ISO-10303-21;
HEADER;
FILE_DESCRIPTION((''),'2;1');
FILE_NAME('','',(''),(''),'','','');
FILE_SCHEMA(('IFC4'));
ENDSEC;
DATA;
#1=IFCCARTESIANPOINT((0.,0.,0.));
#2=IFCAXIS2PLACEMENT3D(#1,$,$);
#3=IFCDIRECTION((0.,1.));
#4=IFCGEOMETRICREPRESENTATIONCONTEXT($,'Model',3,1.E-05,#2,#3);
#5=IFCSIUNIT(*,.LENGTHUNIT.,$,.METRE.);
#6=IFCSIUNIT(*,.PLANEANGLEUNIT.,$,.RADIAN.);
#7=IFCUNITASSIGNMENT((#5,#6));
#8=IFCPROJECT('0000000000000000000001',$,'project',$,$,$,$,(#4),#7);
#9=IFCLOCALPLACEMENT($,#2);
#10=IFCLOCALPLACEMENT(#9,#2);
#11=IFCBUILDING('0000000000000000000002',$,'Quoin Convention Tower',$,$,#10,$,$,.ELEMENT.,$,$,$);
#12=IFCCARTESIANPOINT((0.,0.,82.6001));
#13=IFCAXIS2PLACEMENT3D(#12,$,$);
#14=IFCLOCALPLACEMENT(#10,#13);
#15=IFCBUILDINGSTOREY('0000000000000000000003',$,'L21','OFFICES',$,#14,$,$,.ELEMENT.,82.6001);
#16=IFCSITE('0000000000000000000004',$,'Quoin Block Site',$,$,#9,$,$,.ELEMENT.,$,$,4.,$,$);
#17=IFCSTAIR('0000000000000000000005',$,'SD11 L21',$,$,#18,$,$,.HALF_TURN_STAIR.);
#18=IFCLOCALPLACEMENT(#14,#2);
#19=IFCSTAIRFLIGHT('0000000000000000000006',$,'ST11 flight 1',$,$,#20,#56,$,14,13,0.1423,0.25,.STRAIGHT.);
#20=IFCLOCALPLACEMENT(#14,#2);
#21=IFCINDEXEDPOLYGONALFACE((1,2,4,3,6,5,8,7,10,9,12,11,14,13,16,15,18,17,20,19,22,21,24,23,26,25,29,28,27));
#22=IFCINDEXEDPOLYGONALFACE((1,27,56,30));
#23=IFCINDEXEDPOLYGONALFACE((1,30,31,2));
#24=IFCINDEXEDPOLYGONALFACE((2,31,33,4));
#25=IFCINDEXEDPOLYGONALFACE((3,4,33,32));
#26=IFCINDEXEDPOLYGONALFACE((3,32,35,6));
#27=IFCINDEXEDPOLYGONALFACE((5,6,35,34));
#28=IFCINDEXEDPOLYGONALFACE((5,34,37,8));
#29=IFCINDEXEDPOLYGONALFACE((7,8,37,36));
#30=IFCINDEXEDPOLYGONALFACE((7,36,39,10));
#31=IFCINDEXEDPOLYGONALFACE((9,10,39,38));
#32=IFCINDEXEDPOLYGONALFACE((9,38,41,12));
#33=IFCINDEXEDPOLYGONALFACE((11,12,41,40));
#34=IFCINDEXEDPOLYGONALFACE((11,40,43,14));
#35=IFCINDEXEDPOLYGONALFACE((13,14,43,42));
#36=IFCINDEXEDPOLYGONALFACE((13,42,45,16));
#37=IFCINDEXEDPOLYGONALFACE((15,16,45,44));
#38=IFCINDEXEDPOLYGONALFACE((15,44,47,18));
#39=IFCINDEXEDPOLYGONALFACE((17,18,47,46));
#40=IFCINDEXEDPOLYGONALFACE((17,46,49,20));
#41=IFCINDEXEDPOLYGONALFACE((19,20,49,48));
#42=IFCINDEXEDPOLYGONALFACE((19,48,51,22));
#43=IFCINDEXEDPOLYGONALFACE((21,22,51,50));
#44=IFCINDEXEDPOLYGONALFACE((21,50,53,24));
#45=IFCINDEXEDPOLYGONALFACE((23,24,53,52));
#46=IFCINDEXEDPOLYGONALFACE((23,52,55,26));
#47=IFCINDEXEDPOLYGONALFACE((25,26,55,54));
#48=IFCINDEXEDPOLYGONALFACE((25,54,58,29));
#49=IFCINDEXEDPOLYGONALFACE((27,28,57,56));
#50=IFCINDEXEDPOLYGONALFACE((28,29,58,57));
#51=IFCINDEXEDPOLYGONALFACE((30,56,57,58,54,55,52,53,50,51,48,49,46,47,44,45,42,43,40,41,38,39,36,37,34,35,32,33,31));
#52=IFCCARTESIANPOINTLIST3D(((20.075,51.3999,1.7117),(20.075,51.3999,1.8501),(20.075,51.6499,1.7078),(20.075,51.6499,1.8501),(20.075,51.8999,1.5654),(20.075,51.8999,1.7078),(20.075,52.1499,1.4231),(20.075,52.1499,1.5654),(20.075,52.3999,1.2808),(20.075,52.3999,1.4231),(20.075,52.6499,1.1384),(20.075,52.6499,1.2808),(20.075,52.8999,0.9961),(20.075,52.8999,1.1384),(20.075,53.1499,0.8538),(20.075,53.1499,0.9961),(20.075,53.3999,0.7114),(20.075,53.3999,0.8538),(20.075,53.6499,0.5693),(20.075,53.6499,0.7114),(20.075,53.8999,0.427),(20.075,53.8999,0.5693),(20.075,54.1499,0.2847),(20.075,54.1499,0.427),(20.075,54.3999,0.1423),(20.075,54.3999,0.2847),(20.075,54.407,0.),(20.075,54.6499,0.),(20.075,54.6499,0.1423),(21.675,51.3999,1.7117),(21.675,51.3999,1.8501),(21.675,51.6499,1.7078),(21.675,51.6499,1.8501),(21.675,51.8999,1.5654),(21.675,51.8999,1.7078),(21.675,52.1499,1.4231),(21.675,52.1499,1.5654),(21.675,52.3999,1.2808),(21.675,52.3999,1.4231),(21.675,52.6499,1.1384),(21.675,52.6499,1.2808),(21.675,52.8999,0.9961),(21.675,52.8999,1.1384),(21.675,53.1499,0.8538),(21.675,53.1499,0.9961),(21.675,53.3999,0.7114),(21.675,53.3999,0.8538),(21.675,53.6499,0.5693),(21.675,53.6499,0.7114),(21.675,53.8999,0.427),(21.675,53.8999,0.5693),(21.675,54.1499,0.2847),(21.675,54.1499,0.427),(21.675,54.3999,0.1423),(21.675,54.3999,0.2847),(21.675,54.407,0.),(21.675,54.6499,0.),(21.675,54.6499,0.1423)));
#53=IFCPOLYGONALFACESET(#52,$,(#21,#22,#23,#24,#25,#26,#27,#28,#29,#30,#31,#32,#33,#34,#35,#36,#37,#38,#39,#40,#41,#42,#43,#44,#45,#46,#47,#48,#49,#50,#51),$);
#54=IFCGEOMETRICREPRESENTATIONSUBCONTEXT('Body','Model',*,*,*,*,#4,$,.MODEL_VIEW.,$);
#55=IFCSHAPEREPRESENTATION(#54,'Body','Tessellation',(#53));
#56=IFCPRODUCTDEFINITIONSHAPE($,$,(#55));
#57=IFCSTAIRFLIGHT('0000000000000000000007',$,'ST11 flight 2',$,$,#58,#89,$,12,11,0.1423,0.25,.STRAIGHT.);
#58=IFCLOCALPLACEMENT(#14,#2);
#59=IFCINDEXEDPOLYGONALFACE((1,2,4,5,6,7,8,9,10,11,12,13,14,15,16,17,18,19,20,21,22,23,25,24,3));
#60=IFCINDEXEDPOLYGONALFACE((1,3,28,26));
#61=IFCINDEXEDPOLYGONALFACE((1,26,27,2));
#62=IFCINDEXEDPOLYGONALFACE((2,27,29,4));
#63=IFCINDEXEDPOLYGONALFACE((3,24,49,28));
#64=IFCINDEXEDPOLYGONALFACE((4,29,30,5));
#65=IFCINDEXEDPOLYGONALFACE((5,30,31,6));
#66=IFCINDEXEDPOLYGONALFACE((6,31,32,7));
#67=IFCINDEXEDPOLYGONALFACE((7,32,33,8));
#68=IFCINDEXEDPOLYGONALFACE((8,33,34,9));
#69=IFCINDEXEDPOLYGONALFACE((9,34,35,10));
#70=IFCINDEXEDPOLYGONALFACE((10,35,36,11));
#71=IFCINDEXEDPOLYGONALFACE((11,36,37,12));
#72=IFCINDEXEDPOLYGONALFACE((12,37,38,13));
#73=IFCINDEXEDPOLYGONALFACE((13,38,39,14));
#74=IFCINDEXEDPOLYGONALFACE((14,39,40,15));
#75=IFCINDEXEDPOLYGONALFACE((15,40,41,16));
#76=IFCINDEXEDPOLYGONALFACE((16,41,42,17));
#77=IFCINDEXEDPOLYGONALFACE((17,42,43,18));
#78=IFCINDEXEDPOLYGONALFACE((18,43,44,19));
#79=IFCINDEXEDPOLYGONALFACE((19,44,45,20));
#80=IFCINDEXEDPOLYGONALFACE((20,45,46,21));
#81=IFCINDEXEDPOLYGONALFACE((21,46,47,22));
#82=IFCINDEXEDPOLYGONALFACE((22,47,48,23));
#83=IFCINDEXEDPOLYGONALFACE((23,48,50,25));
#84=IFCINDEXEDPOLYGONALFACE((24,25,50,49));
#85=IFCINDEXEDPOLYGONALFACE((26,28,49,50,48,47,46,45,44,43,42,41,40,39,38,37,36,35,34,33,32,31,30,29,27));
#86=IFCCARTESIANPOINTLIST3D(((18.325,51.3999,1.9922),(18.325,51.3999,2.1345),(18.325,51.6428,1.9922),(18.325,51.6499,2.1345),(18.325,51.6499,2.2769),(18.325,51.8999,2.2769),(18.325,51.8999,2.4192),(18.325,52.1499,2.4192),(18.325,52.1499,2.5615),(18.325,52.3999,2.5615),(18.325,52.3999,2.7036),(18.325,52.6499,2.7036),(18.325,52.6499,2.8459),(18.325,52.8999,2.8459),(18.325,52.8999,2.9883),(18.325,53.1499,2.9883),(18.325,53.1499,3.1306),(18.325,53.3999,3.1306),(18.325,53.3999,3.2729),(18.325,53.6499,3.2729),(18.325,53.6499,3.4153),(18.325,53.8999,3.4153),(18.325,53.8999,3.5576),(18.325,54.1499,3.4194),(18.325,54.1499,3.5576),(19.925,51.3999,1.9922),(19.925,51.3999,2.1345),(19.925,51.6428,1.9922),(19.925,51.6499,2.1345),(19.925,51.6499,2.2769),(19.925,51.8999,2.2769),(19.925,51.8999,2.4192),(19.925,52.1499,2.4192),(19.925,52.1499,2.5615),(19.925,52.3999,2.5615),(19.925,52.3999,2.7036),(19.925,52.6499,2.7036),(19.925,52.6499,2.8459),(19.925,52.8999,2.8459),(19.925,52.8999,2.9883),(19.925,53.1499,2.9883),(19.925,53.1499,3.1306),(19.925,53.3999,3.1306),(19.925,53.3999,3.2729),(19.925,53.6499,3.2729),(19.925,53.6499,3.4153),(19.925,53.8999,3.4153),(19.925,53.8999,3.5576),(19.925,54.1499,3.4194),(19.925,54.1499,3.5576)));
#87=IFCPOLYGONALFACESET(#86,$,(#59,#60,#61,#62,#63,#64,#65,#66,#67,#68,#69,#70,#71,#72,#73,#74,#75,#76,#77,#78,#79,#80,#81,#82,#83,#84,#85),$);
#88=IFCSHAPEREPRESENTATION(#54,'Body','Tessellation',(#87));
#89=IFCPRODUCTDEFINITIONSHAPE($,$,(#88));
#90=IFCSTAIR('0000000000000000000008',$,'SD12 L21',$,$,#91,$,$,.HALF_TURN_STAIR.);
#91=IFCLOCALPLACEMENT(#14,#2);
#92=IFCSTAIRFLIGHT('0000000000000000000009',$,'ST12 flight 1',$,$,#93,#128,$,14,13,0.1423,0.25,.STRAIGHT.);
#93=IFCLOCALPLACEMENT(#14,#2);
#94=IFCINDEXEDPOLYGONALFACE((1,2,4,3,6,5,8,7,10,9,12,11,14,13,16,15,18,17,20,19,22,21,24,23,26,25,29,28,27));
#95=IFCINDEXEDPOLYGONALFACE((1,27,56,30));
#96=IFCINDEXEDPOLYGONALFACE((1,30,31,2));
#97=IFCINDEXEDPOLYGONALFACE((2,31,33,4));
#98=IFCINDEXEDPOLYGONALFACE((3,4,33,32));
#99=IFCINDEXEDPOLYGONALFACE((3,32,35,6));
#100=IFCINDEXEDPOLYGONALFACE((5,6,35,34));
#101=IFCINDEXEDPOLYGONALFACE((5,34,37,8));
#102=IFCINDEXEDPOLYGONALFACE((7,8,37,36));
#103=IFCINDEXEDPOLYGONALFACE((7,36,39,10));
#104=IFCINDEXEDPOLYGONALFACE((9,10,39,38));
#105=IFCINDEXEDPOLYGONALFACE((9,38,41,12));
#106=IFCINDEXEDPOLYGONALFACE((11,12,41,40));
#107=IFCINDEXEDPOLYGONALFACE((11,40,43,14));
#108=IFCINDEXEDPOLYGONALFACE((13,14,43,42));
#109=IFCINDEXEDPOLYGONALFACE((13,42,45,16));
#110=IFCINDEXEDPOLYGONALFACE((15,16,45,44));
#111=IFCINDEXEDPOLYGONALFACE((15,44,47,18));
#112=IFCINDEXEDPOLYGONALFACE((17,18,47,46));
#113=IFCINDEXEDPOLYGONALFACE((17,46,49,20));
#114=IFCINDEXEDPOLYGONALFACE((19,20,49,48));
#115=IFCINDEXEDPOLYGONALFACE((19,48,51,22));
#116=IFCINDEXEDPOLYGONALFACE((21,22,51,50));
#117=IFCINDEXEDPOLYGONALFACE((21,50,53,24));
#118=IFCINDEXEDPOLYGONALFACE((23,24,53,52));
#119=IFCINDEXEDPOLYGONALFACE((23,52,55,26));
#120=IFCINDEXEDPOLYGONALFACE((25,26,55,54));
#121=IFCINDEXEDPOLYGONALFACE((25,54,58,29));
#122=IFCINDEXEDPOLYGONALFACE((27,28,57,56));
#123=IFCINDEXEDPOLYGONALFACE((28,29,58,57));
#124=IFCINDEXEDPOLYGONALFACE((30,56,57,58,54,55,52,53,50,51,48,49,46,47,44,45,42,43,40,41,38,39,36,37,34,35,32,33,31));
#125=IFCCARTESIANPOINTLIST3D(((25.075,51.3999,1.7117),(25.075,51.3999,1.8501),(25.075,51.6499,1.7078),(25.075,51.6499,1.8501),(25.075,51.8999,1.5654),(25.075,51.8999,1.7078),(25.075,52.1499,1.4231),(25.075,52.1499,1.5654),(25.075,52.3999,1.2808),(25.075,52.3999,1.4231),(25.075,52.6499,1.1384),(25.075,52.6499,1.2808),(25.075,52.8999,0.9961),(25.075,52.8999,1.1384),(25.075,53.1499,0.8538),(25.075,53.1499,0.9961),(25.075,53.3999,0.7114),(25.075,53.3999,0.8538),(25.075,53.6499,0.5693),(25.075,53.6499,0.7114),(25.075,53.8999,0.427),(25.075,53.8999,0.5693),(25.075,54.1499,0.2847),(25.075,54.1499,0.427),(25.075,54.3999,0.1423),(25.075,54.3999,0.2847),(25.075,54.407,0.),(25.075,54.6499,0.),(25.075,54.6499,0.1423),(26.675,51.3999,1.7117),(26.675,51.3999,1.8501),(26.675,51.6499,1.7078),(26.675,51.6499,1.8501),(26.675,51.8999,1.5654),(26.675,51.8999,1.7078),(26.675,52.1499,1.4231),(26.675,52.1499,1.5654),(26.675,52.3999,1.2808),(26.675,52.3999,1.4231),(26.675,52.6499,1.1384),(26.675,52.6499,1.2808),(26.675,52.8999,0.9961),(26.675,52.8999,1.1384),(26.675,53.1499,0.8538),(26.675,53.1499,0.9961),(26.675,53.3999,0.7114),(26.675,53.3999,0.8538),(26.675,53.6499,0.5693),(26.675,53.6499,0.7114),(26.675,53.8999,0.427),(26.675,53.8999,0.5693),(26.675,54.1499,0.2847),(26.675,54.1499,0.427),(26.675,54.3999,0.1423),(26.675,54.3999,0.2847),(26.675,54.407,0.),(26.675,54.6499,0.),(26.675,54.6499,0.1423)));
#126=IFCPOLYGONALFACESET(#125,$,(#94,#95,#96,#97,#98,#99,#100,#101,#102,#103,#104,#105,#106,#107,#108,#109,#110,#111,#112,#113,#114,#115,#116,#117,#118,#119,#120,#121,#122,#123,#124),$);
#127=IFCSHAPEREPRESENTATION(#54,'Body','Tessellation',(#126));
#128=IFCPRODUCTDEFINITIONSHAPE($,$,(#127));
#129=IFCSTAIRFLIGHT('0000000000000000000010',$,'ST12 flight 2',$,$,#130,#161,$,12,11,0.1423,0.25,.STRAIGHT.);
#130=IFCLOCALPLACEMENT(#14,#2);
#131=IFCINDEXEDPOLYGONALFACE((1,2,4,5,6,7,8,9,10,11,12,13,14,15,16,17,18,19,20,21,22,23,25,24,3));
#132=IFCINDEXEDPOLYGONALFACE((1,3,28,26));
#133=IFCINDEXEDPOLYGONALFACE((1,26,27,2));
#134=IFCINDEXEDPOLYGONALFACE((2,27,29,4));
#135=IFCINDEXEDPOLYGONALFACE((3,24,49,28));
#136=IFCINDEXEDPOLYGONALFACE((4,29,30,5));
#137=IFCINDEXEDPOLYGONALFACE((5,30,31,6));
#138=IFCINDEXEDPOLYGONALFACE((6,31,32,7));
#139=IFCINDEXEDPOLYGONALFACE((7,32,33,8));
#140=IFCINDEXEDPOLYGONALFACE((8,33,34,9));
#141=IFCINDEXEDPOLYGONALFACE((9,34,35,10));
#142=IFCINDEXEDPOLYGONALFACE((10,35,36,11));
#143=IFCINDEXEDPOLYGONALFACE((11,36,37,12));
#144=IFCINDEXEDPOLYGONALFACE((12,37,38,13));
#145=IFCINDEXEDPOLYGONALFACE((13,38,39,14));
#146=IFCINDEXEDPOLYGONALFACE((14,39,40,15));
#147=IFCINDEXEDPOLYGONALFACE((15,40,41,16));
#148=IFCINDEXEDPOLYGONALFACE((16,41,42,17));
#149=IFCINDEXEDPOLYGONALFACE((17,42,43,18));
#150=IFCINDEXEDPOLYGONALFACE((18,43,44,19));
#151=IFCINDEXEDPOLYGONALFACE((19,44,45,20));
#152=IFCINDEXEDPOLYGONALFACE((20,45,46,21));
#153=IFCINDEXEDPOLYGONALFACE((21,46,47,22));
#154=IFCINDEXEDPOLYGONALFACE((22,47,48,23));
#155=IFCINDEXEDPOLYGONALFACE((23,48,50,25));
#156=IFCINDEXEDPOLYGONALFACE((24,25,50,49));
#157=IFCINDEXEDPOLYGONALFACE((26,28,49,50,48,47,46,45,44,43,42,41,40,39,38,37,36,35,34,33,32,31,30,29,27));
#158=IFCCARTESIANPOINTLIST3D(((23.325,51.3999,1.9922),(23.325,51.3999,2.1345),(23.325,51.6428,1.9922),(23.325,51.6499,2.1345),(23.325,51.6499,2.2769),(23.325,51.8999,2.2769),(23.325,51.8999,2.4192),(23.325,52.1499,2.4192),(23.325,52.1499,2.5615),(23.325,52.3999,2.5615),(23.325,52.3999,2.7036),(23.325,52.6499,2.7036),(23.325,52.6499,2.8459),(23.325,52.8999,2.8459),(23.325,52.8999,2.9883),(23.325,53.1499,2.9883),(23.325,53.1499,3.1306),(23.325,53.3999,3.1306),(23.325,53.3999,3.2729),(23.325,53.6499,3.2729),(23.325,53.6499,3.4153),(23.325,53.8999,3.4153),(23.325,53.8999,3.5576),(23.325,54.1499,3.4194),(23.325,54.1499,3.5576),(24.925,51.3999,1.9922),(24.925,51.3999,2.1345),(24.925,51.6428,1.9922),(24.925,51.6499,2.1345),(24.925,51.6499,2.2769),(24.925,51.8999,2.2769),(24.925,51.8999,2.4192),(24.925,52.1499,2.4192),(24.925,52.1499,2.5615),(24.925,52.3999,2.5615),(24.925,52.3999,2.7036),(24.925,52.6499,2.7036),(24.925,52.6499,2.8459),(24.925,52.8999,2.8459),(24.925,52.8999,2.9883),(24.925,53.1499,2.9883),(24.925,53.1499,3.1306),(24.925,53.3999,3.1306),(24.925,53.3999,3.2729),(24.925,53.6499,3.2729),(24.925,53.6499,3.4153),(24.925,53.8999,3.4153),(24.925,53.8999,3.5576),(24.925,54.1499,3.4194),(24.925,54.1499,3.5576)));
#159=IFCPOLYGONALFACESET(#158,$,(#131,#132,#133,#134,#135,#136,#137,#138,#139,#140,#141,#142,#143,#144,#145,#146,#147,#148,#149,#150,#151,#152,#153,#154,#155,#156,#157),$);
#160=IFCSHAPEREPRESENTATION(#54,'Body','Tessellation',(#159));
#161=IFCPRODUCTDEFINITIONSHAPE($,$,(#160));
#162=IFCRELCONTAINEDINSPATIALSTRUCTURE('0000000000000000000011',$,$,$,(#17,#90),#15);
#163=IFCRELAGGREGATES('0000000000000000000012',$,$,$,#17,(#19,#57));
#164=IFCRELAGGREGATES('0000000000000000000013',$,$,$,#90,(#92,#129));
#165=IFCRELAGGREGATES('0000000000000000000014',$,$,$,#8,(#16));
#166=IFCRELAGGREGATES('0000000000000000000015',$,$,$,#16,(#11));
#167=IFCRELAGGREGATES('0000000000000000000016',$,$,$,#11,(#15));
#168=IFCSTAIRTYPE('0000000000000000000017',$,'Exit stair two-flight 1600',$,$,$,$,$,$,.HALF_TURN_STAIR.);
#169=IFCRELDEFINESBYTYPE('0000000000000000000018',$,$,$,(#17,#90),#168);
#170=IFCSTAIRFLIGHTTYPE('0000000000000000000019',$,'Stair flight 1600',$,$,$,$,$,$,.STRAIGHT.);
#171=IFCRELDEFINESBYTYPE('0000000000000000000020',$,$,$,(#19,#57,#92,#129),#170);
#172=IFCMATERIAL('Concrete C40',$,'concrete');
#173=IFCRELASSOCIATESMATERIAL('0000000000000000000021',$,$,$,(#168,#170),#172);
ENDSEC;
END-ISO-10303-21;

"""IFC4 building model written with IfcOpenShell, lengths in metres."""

from ifc_helpers import new_model, si_unit, direction, frame, origin, place, context, subcontext, project, spatial, polyline, outline, extrude, material, type_object, element, aggregate, save


model = new_model("IFC4")

# Units and contexts
model_context = context("Model", 3, precision=1e-05, world=origin(), true_north=direction((0.0, 1.0)))
body_context = subcontext(model_context, "Body", "Model", "MODEL_VIEW")
ifc_project = project(units=[si_unit("LENGTHUNIT", "METRE"), si_unit("PLANEANGLEUNIT", "RADIAN")], contexts=[model_context])

# Site, building, storey
site_placement = place(None, origin())
site = spatial("IfcSite", under=ifc_project, at=site_placement, Name="Quoin Block Site", CompositionType="ELEMENT", RefElevation=4.0)
building_placement = place(site_placement, origin())
building = spatial("IfcBuilding", under=site, at=building_placement, Name="Quoin Convention Tower", CompositionType="ELEMENT")
storey_placement = place(building_placement, frame((0.0, 0.0, 82.6001)))
storey = spatial("IfcBuildingStorey", under=building, at=storey_placement, Name="L21", Description="OFFICES", CompositionType="ELEMENT", Elevation=82.6001)

# Shared definitions
ifc_material_1 = material(Name="Concrete C40", Category="concrete")

# Stairs, stair flights
stair_type_1 = type_object("IfcStairType", Name="Exit stair two-flight 1600", PredefinedType="HALF_TURN_STAIR", material=ifc_material_1)
stair_1_placement = place(storey_placement, origin())
stair_1 = element("IfcStair", 1, at=stair_1_placement, inside=storey, type_object=stair_type_1, Name="SD11 L21", PredefinedType="HALF_TURN_STAIR")
stair_flight_type_1 = type_object("IfcStairFlightType", Name="Stair flight 1600", PredefinedType="STRAIGHT", material=ifc_material_1)
stair_flight_1_placement = place(storey_placement, frame((20.875, 54.6499, 0.0), z_axis=(0.0, 0.0, 1.0), x_axis=(0.0, -1.0, 0.0)))
stair_flight_1 = element("IfcStairFlight", 2, at=stair_flight_1_placement, type_object=stair_flight_type_1, Name="ST11 flight 1", NumberOfRisers=14, NumberOfTreads=13, PredefinedType="STRAIGHT", RiserHeight=0.1423, TreadLength=0.25, context=body_context, shape_type="SweptSolid", body=[
    extrude(outline(polyline([(0.0, 0.0), (0.0, 0.1423), (0.25, 0.1423), (0.25, 0.2847), (0.5, 0.2847), (0.5, 0.427), (0.75, 0.427), (0.75, 0.5693), (1.0, 0.5693), (1.0, 0.7114), (1.25, 0.7114), (1.25, 0.8538), (1.5, 0.8538), (1.5, 0.9961), (1.75, 0.9961), (1.75, 1.1384), (2.0, 1.1384), (2.0, 1.2808), (2.25, 1.2808), (2.25, 1.4231), (2.5, 1.4231), (2.5, 1.5654), (2.75, 1.5654), (2.75, 1.7078), (3.0, 1.7078), (3.0, 1.8501), (3.25, 1.8501), (3.25, 1.9922), (3.25, 1.7117), (0.2429, 0.0), (0.0, 0.0)])), frame((0.0, 0.8, 0.0), z_axis=(0.0, -1.0, 0.0), x_axis=(1.0, 0.0, 0.0)), (0.0, 0.0, 1.0), 1.6001),
])
stair_flight_2_placement = place(storey_placement, frame((19.125, 51.3999, 1.9922), z_axis=(0.0, 0.0, 1.0), x_axis=(0.0, 1.0, 0.0)))
stair_flight_2 = element("IfcStairFlight", 3, at=stair_flight_2_placement, type_object=stair_flight_type_1, Name="ST11 flight 2", NumberOfRisers=12, NumberOfTreads=11, PredefinedType="STRAIGHT", RiserHeight=0.1423, TreadLength=0.25, context=body_context, shape_type="SweptSolid", body=[
    extrude(outline(polyline([(0.0, 0.0), (0.0, 0.1423), (0.25, 0.1423), (0.25, 0.2847), (0.5, 0.2847), (0.5, 0.427), (0.75, 0.427), (0.75, 0.5693), (1.0, 0.5693), (1.0, 0.7114), (1.25, 0.7114), (1.25, 0.8538), (1.5, 0.8538), (1.5, 0.9961), (1.75, 0.9961), (1.75, 1.1384), (2.0, 1.1384), (2.0, 1.2808), (2.25, 1.2808), (2.25, 1.4231), (2.5, 1.4231), (2.5, 1.5654), (2.75, 1.5654), (2.75, 1.7078), (2.75, 1.4272), (0.2429, 0.0), (0.0, 0.0)])), frame((0.0, 0.8, 0.0), z_axis=(0.0, -1.0, 0.0), x_axis=(1.0, 0.0, 0.0)), (0.0, 0.0, 1.0), 1.6001),
])
aggregate(stair_1, [stair_flight_1, stair_flight_2])
stair_2_placement = place(storey_placement, origin())
stair_2 = element("IfcStair", 4, at=stair_2_placement, inside=storey, type_object=stair_type_1, Name="SD12 L21", PredefinedType="HALF_TURN_STAIR")
stair_flight_3_placement = place(storey_placement, frame((25.875, 54.6499, 0.0), z_axis=(0.0, 0.0, 1.0), x_axis=(0.0, -1.0, 0.0)))
stair_flight_3 = element("IfcStairFlight", 5, at=stair_flight_3_placement, type_object=stair_flight_type_1, Name="ST12 flight 1", NumberOfRisers=14, NumberOfTreads=13, PredefinedType="STRAIGHT", RiserHeight=0.1423, TreadLength=0.25, context=body_context, shape_type="SweptSolid", body=[
    extrude(outline(polyline([(0.0, 0.0), (0.0, 0.1423), (0.25, 0.1423), (0.25, 0.2847), (0.5, 0.2847), (0.5, 0.427), (0.75, 0.427), (0.75, 0.5693), (1.0, 0.5693), (1.0, 0.7114), (1.25, 0.7114), (1.25, 0.8538), (1.5, 0.8538), (1.5, 0.9961), (1.75, 0.9961), (1.75, 1.1384), (2.0, 1.1384), (2.0, 1.2808), (2.25, 1.2808), (2.25, 1.4231), (2.5, 1.4231), (2.5, 1.5654), (2.75, 1.5654), (2.75, 1.7078), (3.0, 1.7078), (3.0, 1.8501), (3.25, 1.8501), (3.25, 1.9922), (3.25, 1.7117), (0.2429, 0.0), (0.0, 0.0)])), frame((0.0, 0.8, 0.0), z_axis=(0.0, -1.0, 0.0), x_axis=(1.0, 0.0, 0.0)), (0.0, 0.0, 1.0), 1.6001),
])
stair_flight_4_placement = place(storey_placement, frame((24.125, 51.3999, 1.9922), z_axis=(0.0, 0.0, 1.0), x_axis=(0.0, 1.0, 0.0)))
stair_flight_4 = element("IfcStairFlight", 6, at=stair_flight_4_placement, type_object=stair_flight_type_1, Name="ST12 flight 2", NumberOfRisers=12, NumberOfTreads=11, PredefinedType="STRAIGHT", RiserHeight=0.1423, TreadLength=0.25, context=body_context, shape_type="SweptSolid", body=[
    extrude(outline(polyline([(0.0, 0.0), (0.0, 0.1423), (0.25, 0.1423), (0.25, 0.2847), (0.5, 0.2847), (0.5, 0.427), (0.75, 0.427), (0.75, 0.5693), (1.0, 0.5693), (1.0, 0.7114), (1.25, 0.7114), (1.25, 0.8538), (1.5, 0.8538), (1.5, 0.9961), (1.75, 0.9961), (1.75, 1.1384), (2.0, 1.1384), (2.0, 1.2808), (2.25, 1.2808), (2.25, 1.4231), (2.5, 1.4231), (2.5, 1.5654), (2.75, 1.5654), (2.75, 1.7078), (2.75, 1.4272), (0.2429, 0.0), (0.0, 0.0)])), frame((0.0, 0.8, 0.0), z_axis=(0.0, -1.0, 0.0), x_axis=(1.0, 0.0, 0.0)), (0.0, 0.0, 1.0), 1.6001),
])
aggregate(stair_2, [stair_flight_3, stair_flight_4])

save(model, "model.ifc")
